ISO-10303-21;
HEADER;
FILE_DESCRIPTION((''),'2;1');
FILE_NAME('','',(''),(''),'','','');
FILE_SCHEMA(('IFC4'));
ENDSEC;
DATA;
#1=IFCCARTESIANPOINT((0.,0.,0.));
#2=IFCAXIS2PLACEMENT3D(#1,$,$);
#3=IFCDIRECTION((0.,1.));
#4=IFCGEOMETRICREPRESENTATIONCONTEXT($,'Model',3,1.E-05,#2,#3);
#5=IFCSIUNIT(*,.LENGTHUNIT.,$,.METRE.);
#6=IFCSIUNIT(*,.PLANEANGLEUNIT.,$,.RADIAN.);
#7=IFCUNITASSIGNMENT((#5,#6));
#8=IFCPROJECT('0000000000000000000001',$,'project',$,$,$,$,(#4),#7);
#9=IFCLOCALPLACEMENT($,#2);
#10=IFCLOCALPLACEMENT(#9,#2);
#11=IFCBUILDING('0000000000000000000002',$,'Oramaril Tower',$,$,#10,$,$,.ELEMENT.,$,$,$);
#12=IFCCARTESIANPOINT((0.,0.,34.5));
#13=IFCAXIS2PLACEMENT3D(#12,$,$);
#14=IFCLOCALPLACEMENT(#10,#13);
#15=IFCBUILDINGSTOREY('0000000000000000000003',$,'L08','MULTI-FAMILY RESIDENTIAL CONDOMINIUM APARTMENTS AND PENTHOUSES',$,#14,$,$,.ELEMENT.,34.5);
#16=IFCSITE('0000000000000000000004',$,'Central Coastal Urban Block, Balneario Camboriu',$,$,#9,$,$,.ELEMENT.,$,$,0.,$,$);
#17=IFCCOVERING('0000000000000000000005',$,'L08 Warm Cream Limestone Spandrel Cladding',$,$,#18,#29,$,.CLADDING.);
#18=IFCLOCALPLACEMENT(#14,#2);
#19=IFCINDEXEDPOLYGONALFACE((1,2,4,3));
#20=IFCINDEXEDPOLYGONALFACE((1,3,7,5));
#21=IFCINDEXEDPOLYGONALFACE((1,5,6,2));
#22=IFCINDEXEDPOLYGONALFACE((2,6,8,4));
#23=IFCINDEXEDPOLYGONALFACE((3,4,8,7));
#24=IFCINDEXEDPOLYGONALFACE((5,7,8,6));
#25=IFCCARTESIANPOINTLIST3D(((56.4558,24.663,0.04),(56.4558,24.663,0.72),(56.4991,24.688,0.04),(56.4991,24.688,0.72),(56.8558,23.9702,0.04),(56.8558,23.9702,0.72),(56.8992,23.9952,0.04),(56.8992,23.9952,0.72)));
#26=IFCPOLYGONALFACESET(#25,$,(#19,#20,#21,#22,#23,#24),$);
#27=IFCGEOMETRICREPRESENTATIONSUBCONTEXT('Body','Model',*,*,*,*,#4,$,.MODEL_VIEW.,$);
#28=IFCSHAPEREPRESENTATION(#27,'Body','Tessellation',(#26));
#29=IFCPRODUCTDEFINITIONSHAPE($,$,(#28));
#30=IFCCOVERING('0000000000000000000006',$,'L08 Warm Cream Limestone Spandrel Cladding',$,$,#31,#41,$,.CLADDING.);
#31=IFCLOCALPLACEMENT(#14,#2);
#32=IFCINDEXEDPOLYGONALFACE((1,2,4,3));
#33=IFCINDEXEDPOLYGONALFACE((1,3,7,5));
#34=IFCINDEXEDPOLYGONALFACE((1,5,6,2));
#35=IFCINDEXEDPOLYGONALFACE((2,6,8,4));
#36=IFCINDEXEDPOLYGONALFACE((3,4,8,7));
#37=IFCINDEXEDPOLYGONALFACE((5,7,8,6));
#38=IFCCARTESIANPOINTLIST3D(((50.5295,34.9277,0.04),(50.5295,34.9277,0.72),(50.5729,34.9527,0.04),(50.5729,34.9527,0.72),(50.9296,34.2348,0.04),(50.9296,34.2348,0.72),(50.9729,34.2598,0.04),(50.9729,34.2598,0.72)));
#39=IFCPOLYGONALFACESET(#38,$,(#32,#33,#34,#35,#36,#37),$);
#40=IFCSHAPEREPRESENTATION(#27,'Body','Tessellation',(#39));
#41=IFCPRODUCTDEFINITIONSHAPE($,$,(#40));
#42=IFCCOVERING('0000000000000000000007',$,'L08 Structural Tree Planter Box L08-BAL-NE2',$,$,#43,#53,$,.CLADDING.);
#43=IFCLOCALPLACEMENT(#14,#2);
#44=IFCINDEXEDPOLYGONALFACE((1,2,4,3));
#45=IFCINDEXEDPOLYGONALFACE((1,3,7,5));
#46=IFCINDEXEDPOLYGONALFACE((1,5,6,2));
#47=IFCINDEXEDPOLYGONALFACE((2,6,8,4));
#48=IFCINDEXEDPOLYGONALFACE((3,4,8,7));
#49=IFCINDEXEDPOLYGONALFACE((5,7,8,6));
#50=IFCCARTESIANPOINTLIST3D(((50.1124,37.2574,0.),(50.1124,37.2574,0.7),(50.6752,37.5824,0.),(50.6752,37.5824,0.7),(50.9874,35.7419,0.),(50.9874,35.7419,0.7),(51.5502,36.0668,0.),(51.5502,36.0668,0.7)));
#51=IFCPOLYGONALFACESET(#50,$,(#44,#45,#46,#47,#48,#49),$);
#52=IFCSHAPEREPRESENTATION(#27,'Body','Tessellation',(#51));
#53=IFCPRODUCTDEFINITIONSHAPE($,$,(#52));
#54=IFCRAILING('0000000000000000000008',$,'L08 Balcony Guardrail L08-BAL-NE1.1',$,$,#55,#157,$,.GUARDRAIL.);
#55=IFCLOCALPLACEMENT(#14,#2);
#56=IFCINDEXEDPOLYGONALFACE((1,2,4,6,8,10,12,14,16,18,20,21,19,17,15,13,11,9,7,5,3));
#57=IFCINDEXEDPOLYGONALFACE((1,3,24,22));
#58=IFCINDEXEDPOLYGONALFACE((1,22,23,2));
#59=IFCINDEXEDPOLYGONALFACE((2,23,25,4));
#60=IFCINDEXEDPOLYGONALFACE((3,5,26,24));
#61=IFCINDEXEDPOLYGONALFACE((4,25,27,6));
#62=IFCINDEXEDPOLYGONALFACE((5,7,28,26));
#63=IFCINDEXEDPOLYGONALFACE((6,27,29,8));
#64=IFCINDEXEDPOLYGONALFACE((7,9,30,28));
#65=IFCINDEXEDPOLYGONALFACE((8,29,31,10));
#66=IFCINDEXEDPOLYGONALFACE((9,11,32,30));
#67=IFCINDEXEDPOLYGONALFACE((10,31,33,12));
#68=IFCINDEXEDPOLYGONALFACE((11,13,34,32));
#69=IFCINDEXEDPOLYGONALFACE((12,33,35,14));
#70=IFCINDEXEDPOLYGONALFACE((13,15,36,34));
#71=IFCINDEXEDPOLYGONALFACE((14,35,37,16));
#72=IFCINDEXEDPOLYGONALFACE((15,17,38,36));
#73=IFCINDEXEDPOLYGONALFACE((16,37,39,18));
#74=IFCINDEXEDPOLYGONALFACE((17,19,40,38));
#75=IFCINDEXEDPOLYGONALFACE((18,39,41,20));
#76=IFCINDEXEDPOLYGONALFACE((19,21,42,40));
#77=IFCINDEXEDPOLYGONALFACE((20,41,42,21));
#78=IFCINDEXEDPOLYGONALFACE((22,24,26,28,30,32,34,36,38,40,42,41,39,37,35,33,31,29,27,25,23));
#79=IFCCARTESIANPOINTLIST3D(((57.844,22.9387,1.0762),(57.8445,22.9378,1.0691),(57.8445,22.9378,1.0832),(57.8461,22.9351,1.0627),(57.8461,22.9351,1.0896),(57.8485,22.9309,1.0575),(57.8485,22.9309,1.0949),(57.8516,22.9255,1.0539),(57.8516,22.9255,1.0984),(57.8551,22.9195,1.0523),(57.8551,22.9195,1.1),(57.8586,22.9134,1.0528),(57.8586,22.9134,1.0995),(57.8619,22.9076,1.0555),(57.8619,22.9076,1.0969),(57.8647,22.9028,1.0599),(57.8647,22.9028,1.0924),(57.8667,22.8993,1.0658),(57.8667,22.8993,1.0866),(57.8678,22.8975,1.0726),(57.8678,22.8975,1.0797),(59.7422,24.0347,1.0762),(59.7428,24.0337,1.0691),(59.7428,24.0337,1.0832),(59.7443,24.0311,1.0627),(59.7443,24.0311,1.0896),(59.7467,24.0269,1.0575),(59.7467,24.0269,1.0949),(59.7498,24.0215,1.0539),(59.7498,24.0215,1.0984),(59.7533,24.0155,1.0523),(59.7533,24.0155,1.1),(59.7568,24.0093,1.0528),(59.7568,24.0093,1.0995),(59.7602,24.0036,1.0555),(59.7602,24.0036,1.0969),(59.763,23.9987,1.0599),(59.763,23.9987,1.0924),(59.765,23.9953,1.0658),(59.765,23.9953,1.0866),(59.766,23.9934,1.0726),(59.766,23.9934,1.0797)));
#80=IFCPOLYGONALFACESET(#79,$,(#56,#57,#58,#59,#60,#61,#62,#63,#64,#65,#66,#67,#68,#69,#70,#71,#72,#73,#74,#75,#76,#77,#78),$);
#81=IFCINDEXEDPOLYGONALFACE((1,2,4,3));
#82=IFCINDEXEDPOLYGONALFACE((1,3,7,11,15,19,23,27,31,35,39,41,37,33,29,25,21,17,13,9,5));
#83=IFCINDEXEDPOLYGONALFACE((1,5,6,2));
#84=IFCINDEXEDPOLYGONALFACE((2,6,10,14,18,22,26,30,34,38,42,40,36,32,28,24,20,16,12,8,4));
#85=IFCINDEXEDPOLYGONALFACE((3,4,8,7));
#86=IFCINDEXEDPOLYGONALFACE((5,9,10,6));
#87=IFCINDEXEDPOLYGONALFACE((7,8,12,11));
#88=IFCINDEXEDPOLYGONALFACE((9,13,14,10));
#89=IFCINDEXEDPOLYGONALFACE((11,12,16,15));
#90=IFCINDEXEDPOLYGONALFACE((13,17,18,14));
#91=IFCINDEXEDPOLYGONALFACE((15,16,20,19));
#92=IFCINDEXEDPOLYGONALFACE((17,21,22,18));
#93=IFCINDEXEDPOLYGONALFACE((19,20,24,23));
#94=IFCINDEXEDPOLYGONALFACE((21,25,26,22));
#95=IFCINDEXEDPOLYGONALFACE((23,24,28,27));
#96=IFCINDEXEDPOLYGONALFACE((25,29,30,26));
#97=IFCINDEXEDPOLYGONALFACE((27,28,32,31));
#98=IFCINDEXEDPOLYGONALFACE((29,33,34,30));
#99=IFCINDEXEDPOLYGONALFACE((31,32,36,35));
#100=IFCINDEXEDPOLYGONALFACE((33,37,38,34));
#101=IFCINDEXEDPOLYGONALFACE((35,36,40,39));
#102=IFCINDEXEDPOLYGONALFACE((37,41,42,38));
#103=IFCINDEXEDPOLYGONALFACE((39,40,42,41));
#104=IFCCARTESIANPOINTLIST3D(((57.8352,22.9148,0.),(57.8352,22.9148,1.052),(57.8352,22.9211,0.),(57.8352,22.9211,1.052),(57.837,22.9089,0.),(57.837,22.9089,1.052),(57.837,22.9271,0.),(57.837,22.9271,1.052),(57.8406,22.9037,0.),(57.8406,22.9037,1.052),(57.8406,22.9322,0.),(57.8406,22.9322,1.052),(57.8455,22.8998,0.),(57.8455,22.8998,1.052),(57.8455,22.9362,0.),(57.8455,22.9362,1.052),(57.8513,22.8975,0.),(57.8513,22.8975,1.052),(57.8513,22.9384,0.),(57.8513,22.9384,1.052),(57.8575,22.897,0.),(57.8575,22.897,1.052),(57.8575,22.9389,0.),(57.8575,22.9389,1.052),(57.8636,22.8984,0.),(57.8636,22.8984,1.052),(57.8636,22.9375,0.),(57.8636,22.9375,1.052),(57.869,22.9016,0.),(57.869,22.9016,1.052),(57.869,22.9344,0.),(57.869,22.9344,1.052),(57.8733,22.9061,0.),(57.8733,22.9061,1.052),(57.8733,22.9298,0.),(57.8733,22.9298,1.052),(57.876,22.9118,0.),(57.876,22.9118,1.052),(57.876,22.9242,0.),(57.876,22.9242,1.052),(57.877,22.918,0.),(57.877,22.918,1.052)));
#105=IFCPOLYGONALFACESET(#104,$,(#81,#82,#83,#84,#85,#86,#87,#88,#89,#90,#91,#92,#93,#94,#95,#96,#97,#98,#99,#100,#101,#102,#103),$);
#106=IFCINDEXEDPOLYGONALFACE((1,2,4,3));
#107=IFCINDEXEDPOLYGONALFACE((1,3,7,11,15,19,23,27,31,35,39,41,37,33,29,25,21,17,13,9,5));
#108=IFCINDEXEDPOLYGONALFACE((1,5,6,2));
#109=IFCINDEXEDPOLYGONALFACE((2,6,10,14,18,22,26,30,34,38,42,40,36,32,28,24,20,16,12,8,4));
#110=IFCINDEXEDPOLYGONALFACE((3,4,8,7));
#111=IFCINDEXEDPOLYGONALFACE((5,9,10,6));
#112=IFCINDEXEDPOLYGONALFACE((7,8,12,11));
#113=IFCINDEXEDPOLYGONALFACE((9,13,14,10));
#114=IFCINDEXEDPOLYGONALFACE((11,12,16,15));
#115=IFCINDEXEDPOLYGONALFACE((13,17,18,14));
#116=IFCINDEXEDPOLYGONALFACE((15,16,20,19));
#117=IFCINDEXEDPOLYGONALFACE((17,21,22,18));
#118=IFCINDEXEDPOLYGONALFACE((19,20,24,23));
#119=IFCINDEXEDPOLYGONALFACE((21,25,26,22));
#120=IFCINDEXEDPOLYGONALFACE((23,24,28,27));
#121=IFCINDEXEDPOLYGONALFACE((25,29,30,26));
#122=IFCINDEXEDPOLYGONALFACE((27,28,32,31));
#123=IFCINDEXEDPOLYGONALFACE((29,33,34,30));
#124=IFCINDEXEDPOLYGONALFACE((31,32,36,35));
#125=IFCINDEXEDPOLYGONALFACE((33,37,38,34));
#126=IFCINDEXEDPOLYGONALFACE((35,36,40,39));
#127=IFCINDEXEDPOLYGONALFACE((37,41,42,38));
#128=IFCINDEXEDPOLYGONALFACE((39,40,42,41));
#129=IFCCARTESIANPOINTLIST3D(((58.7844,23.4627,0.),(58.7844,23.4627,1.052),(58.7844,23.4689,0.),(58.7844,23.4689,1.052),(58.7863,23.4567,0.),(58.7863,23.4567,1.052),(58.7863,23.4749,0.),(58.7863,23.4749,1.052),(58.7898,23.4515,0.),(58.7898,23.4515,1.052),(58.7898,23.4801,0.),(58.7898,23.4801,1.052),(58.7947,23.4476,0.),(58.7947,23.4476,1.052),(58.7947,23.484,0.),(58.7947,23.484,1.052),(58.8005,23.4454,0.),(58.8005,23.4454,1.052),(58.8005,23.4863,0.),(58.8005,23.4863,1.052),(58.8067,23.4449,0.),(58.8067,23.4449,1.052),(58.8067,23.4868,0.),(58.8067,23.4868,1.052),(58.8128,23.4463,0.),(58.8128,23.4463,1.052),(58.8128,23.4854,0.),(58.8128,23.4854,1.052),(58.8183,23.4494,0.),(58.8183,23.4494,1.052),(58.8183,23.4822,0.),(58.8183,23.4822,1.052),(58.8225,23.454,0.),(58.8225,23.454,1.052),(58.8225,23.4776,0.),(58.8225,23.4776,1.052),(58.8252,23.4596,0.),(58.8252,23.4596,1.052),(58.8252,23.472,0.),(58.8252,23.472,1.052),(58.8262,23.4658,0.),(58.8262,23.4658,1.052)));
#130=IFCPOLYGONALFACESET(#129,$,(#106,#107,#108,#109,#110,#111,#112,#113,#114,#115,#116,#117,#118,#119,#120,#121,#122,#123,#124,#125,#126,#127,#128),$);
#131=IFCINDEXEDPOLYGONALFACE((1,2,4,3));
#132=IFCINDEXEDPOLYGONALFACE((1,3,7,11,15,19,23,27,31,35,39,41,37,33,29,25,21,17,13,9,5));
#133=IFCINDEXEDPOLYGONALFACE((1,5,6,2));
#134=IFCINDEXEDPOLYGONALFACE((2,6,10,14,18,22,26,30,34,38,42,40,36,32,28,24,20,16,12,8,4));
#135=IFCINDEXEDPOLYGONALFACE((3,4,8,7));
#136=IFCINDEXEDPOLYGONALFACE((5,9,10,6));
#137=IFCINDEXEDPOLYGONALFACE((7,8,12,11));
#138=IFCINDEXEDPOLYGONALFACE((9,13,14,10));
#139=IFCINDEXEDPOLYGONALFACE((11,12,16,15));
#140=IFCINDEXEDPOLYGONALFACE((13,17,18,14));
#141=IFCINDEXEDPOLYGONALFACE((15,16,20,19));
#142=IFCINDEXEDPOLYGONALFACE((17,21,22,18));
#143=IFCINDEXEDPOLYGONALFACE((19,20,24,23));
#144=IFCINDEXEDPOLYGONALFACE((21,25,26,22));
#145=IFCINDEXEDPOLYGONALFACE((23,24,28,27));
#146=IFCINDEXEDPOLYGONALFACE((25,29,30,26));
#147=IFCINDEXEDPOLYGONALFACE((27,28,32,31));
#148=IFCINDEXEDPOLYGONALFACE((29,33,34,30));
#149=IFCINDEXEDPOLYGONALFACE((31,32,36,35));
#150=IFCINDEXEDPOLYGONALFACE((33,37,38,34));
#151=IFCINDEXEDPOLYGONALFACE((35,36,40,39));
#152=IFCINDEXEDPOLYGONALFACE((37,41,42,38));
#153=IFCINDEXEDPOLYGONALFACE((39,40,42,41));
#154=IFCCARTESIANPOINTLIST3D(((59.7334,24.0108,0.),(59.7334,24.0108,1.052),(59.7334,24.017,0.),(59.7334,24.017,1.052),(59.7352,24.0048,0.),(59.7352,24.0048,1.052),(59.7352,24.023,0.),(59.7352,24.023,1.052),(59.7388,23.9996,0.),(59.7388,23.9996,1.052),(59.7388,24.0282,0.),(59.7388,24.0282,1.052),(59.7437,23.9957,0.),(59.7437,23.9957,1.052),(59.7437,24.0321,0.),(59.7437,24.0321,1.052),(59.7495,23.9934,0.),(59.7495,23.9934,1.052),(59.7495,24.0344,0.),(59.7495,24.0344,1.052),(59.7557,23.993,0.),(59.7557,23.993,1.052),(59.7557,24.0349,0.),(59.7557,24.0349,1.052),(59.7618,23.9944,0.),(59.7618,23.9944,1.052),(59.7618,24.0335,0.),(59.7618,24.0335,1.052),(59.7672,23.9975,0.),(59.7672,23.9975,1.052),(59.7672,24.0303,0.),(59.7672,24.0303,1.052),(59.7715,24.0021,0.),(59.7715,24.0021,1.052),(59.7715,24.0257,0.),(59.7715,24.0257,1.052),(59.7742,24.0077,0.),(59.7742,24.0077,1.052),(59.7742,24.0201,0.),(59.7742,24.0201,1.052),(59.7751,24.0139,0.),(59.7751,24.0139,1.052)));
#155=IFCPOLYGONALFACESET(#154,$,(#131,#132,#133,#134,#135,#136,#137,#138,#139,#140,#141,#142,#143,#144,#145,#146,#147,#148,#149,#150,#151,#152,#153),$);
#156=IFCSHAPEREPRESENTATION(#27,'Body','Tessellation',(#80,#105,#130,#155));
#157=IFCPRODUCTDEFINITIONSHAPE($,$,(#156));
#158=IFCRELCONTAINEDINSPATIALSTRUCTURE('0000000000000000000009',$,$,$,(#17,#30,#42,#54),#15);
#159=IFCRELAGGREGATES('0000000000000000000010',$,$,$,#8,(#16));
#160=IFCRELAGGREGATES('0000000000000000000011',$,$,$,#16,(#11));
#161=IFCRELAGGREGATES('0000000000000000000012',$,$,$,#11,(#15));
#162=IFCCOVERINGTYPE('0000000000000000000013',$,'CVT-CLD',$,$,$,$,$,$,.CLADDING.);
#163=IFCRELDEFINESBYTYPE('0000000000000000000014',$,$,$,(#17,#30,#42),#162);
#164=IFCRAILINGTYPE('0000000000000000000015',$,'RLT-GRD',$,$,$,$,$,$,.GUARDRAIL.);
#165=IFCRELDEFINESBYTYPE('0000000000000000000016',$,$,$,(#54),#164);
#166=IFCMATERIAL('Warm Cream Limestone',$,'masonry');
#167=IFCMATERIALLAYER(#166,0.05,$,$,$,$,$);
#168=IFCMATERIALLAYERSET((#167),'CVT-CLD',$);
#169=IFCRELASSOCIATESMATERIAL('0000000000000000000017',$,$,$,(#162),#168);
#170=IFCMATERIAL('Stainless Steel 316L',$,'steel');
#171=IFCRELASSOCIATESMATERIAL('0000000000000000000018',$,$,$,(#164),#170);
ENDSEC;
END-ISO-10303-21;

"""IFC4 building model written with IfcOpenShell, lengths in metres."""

from ifc_helpers import new_model, si_unit, direction, frame, origin, origin_2d, place, context, subcontext, project, spatial, rectangle, circle, extrude, material, layer, layer_set, type_object, element, save


model = new_model("IFC4")

# Units and contexts
model_context = context("Model", 3, precision=1e-05, world=origin(), true_north=direction((0.0, 1.0)))
body_context = subcontext(model_context, "Body", "Model", "MODEL_VIEW")
ifc_project = project(units=[si_unit("LENGTHUNIT", "METRE"), si_unit("PLANEANGLEUNIT", "RADIAN")], contexts=[model_context])

# Site, building, storey
site_placement = place(None, origin())
site = spatial("IfcSite", under=ifc_project, at=site_placement, Name="Central Coastal Urban Block, Balneario Camboriu", CompositionType="ELEMENT", RefElevation=0.0)
building_placement = place(site_placement, origin())
building = spatial("IfcBuilding", under=site, at=building_placement, Name="Oramaril Tower", CompositionType="ELEMENT")
storey_placement = place(building_placement, frame((0.0, 0.0, 34.5)))
storey = spatial("IfcBuildingStorey", under=building, at=storey_placement, Name="L08", Description="MULTI-FAMILY RESIDENTIAL CONDOMINIUM APARTMENTS AND PENTHOUSES", CompositionType="ELEMENT", Elevation=34.5)

# Coverings
ifc_material_1 = material(Name="Warm Cream Limestone", Category="masonry")
ifc_layer_1 = layer(ifc_material_1, 0.05)
ifc_layer_set_1 = layer_set([ifc_layer_1], Name="CVT-CLD")
covering_type = type_object("IfcCoveringType", Name="CVT-CLD", PredefinedType="CLADDING", material=ifc_layer_set_1)
for number, where, z_axis, x_axis, name in (
    (1, (56.6775, 24.3291, 0.04), (0.0, 0.0, 1.0), (-0.5, 0.866025, 0.0), "L08 Warm Cream Limestone Spandrel Cladding"),
    (2, (50.7512, 34.5938, 0.04), (0.0, 0.0, 1.0), (-0.5, 0.866025, 0.0), "L08 Warm Cream Limestone Spandrel Cladding"),
):
    element("IfcCovering", number, at=place(storey_placement, frame(where, z_axis=z_axis, x_axis=x_axis)), inside=storey, type_object=covering_type, Name=name, PredefinedType="CLADDING", context=body_context, shape_type="SweptSolid", body=[
        extrude(rectangle(XDim=0.8, YDim=0.05, at=origin_2d()), origin(), (0.0, 0.0, 1.0), 0.6799),
    ])
covering_placement = place(storey_placement, frame((50.8313, 36.6621, 0.0), z_axis=(0.0, 0.0, 1.0), x_axis=(-0.5, 0.866025, 0.0)))
element("IfcCovering", 3, at=covering_placement, inside=storey, type_object=covering_type, Name="L08 Structural Tree Planter Box L08-BAL-NE2", PredefinedType="CLADDING", context=body_context, shape_type="SweptSolid", body=[
    extrude(rectangle(XDim=1.75, YDim=0.6499, at=origin_2d()), origin(), (0.0, 0.0, 1.0), 0.7),
])

# Railing
ifc_material_2 = material(Name="Stainless Steel 316L", Category="steel")
railing_type = type_object("IfcRailingType", Name="RLT-GRD", PredefinedType="GUARDRAIL", material=ifc_material_2)
railing_1_placement = place(storey_placement, frame((57.856, 22.918, 0.0)))
element("IfcRailing", 4, at=railing_1_placement, inside=storey, type_object=railing_type, Name="L08 Balcony Guardrail L08-BAL-NE1.1", PredefinedType="GUARDRAIL", context=body_context, shape_type="SweptSolid", body=[
    extrude(circle(Radius=0.0239, at=origin_2d()), frame((0.0, 0.0, 1.0762), z_axis=(0.866021, 0.500008, 0.0), x_axis=(-0.500008, 0.866021, 0.0)), (0.0, 0.0, 1.0), 2.1919),
    extrude(circle(Radius=0.021, at=origin_2d()), origin(), (0.0, 0.0, 1.0), 1.052),
    extrude(circle(Radius=0.021, at=origin_2d()), frame((0.9492, 0.5479, 0.0)), (0.0, 0.0, 1.0), 1.052),
    extrude(circle(Radius=0.021, at=origin_2d()), frame((1.8982, 1.0959, 0.0)), (0.0, 0.0, 1.0), 1.052),
])

save(model, "model.ifc")
